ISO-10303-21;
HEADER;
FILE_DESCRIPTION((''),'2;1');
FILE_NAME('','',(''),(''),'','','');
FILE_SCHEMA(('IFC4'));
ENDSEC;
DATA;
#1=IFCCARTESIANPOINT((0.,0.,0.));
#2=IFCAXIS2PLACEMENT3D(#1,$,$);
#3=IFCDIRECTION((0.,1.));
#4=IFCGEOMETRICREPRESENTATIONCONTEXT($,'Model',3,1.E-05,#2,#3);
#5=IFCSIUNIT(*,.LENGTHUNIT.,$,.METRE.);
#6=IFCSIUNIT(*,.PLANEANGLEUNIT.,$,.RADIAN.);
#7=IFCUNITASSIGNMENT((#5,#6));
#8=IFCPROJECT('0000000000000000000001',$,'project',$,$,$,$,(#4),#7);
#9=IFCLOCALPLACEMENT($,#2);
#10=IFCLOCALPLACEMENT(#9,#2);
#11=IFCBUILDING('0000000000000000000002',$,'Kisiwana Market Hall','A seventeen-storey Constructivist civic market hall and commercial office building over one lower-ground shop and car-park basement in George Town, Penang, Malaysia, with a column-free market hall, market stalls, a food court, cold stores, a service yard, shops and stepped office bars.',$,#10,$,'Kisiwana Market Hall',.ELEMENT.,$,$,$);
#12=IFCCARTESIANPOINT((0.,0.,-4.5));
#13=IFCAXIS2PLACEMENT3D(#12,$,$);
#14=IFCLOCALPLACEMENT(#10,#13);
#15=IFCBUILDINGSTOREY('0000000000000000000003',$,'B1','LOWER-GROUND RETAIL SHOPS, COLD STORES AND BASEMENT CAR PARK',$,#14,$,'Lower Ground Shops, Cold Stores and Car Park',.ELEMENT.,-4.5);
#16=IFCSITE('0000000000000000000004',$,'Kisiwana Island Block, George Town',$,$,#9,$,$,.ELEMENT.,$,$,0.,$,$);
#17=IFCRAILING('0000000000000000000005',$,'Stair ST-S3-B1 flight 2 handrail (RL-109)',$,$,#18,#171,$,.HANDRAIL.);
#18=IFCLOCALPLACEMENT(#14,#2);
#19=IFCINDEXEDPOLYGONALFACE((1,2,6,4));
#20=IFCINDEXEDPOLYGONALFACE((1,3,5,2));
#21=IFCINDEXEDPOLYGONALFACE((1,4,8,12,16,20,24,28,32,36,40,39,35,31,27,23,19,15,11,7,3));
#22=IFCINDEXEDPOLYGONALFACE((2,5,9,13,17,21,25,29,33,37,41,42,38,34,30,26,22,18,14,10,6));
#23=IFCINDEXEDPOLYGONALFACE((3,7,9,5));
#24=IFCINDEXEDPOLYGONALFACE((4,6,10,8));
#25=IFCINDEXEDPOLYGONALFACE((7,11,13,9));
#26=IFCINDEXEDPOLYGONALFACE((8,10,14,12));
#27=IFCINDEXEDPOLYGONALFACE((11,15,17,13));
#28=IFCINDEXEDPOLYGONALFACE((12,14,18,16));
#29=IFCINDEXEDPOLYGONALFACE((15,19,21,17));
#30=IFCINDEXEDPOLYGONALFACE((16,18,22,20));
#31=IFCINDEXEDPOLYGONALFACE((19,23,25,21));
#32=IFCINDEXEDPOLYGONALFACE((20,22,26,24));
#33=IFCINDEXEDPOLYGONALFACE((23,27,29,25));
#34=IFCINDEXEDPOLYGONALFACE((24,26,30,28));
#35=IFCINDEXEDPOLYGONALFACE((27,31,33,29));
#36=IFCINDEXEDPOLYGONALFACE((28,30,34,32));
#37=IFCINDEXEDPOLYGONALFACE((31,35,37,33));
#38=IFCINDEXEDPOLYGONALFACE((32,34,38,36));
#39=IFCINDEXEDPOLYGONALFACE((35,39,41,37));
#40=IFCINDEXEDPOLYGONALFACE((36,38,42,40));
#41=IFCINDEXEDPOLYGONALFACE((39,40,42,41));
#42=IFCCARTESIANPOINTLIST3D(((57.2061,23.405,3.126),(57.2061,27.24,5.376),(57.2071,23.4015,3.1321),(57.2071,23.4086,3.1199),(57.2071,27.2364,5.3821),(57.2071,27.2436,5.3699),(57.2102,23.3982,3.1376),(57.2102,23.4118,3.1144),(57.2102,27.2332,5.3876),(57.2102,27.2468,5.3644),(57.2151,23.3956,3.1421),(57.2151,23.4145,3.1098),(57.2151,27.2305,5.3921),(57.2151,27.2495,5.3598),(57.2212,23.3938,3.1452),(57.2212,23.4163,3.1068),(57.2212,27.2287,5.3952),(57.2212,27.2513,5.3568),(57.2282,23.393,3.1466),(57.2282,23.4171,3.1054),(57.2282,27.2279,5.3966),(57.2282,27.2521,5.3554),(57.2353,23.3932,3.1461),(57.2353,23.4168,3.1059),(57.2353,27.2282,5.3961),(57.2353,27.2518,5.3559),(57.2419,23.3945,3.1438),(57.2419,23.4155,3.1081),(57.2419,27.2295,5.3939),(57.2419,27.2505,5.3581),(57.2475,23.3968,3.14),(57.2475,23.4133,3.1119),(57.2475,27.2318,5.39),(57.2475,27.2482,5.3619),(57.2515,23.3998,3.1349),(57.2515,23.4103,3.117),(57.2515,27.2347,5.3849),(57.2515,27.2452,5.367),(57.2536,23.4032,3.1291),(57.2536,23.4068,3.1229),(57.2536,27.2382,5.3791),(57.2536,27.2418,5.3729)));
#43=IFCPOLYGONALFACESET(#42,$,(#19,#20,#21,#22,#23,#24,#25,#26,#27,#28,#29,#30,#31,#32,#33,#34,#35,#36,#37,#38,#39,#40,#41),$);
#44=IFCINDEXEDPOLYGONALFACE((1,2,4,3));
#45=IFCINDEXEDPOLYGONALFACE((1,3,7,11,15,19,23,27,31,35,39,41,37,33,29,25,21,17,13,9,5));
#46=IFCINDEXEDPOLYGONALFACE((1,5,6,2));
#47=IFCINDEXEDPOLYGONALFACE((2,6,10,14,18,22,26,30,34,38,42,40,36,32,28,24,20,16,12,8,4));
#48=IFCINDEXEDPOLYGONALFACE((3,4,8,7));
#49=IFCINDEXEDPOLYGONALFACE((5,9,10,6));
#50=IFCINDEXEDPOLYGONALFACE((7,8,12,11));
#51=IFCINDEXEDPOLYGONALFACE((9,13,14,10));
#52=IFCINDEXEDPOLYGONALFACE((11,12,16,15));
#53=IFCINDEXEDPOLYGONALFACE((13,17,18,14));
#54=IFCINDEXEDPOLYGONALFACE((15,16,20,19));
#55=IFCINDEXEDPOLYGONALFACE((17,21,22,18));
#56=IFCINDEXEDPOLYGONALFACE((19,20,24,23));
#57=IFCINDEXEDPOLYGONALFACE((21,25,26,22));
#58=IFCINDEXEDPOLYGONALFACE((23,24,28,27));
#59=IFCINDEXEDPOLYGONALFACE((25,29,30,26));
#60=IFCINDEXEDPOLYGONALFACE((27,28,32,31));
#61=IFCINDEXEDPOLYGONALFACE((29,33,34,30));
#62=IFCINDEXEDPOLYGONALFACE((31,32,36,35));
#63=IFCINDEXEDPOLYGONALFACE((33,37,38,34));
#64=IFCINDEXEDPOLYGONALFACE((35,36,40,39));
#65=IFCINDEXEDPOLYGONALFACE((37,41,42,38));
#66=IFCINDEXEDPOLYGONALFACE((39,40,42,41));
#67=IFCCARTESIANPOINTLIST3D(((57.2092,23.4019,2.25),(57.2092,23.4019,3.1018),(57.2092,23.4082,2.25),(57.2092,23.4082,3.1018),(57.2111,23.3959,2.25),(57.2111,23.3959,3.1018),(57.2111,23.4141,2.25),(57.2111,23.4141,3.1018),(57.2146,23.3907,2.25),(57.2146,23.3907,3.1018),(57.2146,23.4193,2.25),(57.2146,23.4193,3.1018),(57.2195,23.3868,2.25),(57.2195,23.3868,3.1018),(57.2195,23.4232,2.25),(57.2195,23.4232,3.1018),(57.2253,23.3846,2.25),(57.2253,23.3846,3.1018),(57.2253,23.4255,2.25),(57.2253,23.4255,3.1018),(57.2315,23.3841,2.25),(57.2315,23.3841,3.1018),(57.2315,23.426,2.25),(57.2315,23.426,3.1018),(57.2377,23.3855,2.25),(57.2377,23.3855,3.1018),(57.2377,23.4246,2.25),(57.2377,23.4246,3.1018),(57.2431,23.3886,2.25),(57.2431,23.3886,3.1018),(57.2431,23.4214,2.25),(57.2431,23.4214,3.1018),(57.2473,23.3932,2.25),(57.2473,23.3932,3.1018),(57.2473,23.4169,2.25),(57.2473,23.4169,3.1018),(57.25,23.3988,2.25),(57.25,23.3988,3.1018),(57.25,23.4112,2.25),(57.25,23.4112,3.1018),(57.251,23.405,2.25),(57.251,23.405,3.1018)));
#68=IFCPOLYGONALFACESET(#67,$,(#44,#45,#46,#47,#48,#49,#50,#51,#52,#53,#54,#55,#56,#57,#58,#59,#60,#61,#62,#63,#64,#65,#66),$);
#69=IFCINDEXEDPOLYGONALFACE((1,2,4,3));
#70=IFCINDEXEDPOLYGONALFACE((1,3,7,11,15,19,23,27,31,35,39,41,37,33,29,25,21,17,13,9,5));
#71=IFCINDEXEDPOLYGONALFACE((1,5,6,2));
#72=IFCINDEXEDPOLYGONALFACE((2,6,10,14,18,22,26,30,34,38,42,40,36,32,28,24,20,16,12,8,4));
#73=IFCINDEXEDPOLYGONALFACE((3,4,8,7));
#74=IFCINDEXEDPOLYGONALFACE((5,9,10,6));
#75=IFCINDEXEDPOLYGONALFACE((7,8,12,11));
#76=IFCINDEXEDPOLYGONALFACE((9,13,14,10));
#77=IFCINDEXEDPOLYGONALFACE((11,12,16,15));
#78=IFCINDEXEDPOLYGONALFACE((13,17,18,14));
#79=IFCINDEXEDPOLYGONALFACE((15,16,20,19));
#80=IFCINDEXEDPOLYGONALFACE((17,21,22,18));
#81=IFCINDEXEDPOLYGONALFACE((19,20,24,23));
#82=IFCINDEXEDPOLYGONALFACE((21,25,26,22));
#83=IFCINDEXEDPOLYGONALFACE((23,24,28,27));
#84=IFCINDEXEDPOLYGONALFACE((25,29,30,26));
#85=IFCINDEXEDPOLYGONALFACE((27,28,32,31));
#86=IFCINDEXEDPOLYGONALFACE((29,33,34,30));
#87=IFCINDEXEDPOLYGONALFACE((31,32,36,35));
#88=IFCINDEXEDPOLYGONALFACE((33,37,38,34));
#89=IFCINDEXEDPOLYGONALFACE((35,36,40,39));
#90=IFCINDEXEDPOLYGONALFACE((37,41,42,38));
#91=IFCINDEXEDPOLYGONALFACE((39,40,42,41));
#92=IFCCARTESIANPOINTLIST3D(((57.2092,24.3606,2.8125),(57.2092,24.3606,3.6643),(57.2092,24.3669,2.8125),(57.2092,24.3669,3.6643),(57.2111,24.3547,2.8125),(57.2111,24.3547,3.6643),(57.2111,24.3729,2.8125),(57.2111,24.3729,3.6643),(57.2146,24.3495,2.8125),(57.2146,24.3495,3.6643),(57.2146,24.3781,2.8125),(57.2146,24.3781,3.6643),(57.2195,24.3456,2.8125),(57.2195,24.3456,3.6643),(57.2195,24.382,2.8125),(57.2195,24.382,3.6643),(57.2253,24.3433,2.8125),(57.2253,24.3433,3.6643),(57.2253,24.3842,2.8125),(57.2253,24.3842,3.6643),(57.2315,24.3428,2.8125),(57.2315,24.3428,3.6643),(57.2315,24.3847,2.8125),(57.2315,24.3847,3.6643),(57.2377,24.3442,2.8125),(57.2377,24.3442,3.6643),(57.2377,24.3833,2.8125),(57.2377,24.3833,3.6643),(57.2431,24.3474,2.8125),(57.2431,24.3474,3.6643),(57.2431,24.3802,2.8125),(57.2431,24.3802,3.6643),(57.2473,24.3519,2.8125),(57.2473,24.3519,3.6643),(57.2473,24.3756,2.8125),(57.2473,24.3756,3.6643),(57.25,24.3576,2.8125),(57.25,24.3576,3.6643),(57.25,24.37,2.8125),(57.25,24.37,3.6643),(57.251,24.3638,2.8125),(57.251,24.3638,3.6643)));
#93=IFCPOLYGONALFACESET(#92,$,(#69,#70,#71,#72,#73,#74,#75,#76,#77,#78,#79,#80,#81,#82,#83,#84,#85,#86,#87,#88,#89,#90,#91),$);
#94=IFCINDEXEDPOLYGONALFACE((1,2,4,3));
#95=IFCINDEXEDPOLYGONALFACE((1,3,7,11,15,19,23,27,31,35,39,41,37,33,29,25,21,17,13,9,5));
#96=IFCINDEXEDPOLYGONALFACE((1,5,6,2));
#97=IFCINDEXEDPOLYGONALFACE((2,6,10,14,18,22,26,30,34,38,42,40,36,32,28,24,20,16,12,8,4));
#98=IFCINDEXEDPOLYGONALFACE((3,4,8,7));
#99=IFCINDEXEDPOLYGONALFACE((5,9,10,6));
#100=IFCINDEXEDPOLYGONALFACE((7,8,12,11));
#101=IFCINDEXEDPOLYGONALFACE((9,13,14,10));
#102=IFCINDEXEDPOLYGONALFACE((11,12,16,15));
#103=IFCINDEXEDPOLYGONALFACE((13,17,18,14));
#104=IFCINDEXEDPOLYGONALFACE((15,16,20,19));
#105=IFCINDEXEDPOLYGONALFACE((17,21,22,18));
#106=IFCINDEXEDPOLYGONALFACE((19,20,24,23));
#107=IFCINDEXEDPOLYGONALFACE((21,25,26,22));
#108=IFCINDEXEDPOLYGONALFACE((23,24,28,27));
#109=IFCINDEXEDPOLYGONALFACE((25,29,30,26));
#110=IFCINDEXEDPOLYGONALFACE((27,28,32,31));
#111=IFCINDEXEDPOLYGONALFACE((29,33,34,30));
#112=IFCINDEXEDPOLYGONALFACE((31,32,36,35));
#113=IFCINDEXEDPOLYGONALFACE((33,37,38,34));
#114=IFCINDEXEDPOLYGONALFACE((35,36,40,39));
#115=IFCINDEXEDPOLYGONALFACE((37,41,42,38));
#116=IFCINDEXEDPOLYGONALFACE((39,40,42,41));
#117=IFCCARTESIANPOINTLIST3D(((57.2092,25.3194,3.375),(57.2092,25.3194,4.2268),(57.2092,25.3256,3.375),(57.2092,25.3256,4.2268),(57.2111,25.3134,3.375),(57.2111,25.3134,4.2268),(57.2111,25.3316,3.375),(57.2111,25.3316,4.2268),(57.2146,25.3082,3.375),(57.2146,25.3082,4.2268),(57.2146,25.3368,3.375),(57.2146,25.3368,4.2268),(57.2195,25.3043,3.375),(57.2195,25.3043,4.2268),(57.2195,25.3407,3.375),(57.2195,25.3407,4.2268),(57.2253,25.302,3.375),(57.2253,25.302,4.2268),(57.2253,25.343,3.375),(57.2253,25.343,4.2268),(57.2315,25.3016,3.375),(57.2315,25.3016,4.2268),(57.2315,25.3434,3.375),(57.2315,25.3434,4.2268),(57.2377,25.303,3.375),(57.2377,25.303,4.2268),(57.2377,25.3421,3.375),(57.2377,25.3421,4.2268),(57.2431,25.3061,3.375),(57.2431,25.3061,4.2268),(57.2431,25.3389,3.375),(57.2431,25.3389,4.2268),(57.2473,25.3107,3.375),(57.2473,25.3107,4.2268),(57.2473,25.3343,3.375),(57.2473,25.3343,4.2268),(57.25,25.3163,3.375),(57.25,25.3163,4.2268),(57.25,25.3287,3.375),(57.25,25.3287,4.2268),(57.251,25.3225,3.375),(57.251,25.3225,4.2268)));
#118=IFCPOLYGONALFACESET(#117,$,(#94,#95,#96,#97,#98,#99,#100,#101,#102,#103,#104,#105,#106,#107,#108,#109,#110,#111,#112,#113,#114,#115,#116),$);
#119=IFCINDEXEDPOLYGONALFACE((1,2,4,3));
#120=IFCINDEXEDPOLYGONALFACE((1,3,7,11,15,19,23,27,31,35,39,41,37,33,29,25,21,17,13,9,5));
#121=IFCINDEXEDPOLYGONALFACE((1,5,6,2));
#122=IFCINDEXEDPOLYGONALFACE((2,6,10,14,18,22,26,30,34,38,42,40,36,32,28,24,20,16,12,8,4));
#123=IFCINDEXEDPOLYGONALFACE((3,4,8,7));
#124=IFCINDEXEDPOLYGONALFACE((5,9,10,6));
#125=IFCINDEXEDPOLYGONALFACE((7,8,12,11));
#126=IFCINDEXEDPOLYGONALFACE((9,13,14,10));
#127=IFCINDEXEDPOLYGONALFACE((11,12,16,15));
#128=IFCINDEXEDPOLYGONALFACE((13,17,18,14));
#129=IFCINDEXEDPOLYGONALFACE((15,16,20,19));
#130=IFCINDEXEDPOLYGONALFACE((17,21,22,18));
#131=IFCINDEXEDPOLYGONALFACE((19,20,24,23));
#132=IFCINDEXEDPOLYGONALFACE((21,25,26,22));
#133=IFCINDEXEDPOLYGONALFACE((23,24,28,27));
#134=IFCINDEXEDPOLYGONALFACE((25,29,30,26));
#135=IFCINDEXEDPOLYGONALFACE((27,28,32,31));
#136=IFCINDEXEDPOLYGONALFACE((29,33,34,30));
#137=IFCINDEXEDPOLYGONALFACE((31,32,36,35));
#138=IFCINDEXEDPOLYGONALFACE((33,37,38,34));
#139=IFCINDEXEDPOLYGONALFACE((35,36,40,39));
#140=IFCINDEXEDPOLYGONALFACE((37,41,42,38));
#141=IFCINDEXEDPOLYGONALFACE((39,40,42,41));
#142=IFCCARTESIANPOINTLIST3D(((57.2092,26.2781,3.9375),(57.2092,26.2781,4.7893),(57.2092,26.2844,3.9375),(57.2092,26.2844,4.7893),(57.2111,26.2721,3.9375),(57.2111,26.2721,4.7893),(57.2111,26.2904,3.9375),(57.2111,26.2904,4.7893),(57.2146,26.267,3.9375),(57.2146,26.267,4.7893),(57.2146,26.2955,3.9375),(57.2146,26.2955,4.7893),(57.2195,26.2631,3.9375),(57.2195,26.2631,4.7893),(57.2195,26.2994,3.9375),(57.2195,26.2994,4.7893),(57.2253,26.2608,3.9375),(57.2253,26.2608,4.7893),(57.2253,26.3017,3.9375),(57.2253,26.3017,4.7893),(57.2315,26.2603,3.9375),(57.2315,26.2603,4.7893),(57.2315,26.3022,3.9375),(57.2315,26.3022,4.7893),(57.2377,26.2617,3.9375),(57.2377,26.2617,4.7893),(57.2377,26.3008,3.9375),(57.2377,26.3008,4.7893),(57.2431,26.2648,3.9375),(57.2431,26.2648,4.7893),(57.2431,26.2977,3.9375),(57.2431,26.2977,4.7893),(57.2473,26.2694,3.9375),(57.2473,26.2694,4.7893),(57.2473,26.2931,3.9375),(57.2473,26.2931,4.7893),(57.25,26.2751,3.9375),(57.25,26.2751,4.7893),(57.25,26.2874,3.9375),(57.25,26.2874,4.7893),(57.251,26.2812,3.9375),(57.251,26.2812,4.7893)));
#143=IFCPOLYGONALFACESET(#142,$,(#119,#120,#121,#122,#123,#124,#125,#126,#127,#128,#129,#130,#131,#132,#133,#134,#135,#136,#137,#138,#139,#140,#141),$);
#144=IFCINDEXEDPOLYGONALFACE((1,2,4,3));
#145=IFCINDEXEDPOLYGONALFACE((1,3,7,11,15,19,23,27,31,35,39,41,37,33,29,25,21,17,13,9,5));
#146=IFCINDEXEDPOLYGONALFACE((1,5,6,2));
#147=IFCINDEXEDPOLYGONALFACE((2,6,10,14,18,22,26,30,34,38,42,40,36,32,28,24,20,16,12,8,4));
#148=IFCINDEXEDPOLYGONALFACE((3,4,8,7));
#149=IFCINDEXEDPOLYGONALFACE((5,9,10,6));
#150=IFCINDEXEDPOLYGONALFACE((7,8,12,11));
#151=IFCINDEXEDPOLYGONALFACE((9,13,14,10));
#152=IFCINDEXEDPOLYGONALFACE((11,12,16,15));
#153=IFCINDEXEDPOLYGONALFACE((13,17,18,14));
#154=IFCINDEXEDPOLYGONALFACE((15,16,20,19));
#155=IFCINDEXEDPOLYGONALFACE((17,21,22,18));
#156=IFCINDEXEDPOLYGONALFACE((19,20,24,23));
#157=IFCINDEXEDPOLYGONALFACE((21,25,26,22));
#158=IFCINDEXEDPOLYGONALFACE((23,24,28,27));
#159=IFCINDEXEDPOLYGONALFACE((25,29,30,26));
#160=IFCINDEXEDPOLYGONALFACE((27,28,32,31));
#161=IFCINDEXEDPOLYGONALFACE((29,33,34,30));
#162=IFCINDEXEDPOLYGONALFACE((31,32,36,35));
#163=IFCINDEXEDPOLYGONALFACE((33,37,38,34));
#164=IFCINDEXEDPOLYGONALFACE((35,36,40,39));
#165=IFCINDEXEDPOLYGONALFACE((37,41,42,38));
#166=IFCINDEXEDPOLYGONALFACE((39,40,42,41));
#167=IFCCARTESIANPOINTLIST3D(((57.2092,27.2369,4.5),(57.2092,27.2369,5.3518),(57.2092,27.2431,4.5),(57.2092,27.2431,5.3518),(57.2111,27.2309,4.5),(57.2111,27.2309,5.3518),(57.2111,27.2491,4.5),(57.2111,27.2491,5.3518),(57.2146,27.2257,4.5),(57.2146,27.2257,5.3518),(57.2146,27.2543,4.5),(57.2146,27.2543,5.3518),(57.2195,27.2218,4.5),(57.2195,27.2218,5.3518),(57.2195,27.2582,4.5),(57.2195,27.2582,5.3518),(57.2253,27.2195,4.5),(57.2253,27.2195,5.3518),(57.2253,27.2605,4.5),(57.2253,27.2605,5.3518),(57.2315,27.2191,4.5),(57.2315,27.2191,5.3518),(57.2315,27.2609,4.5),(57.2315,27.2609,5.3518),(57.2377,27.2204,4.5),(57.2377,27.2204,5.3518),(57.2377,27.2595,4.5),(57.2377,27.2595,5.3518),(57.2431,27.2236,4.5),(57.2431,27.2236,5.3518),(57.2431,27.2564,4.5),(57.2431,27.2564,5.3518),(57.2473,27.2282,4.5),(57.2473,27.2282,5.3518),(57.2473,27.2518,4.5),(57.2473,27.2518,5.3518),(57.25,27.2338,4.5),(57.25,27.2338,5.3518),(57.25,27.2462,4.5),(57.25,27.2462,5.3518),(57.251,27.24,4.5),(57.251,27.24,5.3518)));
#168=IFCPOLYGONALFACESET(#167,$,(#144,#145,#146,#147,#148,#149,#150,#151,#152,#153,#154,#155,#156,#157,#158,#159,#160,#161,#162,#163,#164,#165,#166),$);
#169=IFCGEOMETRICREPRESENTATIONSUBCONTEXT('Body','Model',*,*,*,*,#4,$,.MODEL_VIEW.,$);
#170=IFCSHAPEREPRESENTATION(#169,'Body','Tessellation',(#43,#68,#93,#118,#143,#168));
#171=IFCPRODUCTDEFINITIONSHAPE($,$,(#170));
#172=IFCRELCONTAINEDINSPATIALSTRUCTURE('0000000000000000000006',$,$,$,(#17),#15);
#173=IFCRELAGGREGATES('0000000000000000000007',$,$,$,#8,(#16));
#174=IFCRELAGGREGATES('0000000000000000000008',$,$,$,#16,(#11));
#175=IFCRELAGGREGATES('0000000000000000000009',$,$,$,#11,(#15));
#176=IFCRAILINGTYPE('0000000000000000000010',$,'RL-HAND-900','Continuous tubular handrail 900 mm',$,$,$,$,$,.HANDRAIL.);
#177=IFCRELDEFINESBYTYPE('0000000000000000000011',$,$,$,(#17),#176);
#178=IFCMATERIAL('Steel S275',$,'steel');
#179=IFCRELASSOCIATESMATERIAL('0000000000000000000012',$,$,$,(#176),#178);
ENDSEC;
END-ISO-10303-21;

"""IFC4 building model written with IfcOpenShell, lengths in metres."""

from ifc_helpers import new_model, si_unit, direction, frame, origin, origin_2d, place, context, subcontext, project, spatial, circle, extrude, material, type_object, element, save


model = new_model("IFC4")

# Units and contexts
model_context = context("Model", 3, precision=1e-05, world=origin(), true_north=direction((0.0, 1.0)))
body_context = subcontext(model_context, "Body", "Model", "MODEL_VIEW")
ifc_project = project(units=[si_unit("LENGTHUNIT", "METRE"), si_unit("PLANEANGLEUNIT", "RADIAN")], contexts=[model_context])

# Site, building, storey
site_placement = place(None, origin())
site = spatial("IfcSite", under=ifc_project, at=site_placement, Name="Kisiwana Island Block, George Town", CompositionType="ELEMENT", RefElevation=0.0)
building_placement = place(site_placement, origin())
building = spatial("IfcBuilding", under=site, at=building_placement, Name="Kisiwana Market Hall", Description="A seventeen-storey Constructivist civic market hall and commercial office building over one lower-ground shop and car-park basement in George Town, Penang, Malaysia, with a column-free market hall, market stalls, a food court, cold stores, a service yard, shops and stepped office bars.", LongName="Kisiwana Market Hall", CompositionType="ELEMENT")
storey_placement = place(building_placement, frame((0.0, 0.0, -4.5)))
storey = spatial("IfcBuildingStorey", under=building, at=storey_placement, Name="B1", Description="LOWER-GROUND RETAIL SHOPS, COLD STORES AND BASEMENT CAR PARK", LongName="Lower Ground Shops, Cold Stores and Car Park", CompositionType="ELEMENT", Elevation=-4.5)

# Railing
ifc_material_1 = material(Name="Steel S275", Category="steel")
railing_type_1 = type_object("IfcRailingType", Name="RL-HAND-900", Description="Continuous tubular handrail 900 mm", PredefinedType="HANDRAIL", material=ifc_material_1)
railing_1_placement = place(storey_placement, frame((57.23, 23.405, 2.25)))
element("IfcRailing", 1, at=railing_1_placement, inside=storey, type_object=railing_type_1, Name="Stair ST-S3-B1 flight 2 handrail (RL-109)", PredefinedType="HANDRAIL", context=body_context, shape_type="SweptSolid", body=[
    extrude(circle(Radius=0.0239, at=origin_2d()), frame((0.0, 0.0, 0.876), z_axis=(0.0, 0.86251, 0.506041), x_axis=(-1.0, 0.0, 0.0)), (0.0, 0.0, 1.0), 4.4463),
    extrude(circle(Radius=0.021, at=origin_2d()), origin(), (0.0, 0.0, 1.0), 0.8518),
    extrude(circle(Radius=0.021, at=origin_2d()), frame((0.0, 0.9587, 0.5625)), (0.0, 0.0, 1.0), 0.8518),
    extrude(circle(Radius=0.021, at=origin_2d()), frame((0.0, 1.9175, 1.125)), (0.0, 0.0, 1.0), 0.8518),
    extrude(circle(Radius=0.021, at=origin_2d()), frame((0.0, 2.8762, 1.6875)), (0.0, 0.0, 1.0), 0.8518),
    extrude(circle(Radius=0.021, at=origin_2d()), frame((0.0, 3.835, 2.25)), (0.0, 0.0, 1.0), 0.8518),
])

save(model, "model.ifc")
